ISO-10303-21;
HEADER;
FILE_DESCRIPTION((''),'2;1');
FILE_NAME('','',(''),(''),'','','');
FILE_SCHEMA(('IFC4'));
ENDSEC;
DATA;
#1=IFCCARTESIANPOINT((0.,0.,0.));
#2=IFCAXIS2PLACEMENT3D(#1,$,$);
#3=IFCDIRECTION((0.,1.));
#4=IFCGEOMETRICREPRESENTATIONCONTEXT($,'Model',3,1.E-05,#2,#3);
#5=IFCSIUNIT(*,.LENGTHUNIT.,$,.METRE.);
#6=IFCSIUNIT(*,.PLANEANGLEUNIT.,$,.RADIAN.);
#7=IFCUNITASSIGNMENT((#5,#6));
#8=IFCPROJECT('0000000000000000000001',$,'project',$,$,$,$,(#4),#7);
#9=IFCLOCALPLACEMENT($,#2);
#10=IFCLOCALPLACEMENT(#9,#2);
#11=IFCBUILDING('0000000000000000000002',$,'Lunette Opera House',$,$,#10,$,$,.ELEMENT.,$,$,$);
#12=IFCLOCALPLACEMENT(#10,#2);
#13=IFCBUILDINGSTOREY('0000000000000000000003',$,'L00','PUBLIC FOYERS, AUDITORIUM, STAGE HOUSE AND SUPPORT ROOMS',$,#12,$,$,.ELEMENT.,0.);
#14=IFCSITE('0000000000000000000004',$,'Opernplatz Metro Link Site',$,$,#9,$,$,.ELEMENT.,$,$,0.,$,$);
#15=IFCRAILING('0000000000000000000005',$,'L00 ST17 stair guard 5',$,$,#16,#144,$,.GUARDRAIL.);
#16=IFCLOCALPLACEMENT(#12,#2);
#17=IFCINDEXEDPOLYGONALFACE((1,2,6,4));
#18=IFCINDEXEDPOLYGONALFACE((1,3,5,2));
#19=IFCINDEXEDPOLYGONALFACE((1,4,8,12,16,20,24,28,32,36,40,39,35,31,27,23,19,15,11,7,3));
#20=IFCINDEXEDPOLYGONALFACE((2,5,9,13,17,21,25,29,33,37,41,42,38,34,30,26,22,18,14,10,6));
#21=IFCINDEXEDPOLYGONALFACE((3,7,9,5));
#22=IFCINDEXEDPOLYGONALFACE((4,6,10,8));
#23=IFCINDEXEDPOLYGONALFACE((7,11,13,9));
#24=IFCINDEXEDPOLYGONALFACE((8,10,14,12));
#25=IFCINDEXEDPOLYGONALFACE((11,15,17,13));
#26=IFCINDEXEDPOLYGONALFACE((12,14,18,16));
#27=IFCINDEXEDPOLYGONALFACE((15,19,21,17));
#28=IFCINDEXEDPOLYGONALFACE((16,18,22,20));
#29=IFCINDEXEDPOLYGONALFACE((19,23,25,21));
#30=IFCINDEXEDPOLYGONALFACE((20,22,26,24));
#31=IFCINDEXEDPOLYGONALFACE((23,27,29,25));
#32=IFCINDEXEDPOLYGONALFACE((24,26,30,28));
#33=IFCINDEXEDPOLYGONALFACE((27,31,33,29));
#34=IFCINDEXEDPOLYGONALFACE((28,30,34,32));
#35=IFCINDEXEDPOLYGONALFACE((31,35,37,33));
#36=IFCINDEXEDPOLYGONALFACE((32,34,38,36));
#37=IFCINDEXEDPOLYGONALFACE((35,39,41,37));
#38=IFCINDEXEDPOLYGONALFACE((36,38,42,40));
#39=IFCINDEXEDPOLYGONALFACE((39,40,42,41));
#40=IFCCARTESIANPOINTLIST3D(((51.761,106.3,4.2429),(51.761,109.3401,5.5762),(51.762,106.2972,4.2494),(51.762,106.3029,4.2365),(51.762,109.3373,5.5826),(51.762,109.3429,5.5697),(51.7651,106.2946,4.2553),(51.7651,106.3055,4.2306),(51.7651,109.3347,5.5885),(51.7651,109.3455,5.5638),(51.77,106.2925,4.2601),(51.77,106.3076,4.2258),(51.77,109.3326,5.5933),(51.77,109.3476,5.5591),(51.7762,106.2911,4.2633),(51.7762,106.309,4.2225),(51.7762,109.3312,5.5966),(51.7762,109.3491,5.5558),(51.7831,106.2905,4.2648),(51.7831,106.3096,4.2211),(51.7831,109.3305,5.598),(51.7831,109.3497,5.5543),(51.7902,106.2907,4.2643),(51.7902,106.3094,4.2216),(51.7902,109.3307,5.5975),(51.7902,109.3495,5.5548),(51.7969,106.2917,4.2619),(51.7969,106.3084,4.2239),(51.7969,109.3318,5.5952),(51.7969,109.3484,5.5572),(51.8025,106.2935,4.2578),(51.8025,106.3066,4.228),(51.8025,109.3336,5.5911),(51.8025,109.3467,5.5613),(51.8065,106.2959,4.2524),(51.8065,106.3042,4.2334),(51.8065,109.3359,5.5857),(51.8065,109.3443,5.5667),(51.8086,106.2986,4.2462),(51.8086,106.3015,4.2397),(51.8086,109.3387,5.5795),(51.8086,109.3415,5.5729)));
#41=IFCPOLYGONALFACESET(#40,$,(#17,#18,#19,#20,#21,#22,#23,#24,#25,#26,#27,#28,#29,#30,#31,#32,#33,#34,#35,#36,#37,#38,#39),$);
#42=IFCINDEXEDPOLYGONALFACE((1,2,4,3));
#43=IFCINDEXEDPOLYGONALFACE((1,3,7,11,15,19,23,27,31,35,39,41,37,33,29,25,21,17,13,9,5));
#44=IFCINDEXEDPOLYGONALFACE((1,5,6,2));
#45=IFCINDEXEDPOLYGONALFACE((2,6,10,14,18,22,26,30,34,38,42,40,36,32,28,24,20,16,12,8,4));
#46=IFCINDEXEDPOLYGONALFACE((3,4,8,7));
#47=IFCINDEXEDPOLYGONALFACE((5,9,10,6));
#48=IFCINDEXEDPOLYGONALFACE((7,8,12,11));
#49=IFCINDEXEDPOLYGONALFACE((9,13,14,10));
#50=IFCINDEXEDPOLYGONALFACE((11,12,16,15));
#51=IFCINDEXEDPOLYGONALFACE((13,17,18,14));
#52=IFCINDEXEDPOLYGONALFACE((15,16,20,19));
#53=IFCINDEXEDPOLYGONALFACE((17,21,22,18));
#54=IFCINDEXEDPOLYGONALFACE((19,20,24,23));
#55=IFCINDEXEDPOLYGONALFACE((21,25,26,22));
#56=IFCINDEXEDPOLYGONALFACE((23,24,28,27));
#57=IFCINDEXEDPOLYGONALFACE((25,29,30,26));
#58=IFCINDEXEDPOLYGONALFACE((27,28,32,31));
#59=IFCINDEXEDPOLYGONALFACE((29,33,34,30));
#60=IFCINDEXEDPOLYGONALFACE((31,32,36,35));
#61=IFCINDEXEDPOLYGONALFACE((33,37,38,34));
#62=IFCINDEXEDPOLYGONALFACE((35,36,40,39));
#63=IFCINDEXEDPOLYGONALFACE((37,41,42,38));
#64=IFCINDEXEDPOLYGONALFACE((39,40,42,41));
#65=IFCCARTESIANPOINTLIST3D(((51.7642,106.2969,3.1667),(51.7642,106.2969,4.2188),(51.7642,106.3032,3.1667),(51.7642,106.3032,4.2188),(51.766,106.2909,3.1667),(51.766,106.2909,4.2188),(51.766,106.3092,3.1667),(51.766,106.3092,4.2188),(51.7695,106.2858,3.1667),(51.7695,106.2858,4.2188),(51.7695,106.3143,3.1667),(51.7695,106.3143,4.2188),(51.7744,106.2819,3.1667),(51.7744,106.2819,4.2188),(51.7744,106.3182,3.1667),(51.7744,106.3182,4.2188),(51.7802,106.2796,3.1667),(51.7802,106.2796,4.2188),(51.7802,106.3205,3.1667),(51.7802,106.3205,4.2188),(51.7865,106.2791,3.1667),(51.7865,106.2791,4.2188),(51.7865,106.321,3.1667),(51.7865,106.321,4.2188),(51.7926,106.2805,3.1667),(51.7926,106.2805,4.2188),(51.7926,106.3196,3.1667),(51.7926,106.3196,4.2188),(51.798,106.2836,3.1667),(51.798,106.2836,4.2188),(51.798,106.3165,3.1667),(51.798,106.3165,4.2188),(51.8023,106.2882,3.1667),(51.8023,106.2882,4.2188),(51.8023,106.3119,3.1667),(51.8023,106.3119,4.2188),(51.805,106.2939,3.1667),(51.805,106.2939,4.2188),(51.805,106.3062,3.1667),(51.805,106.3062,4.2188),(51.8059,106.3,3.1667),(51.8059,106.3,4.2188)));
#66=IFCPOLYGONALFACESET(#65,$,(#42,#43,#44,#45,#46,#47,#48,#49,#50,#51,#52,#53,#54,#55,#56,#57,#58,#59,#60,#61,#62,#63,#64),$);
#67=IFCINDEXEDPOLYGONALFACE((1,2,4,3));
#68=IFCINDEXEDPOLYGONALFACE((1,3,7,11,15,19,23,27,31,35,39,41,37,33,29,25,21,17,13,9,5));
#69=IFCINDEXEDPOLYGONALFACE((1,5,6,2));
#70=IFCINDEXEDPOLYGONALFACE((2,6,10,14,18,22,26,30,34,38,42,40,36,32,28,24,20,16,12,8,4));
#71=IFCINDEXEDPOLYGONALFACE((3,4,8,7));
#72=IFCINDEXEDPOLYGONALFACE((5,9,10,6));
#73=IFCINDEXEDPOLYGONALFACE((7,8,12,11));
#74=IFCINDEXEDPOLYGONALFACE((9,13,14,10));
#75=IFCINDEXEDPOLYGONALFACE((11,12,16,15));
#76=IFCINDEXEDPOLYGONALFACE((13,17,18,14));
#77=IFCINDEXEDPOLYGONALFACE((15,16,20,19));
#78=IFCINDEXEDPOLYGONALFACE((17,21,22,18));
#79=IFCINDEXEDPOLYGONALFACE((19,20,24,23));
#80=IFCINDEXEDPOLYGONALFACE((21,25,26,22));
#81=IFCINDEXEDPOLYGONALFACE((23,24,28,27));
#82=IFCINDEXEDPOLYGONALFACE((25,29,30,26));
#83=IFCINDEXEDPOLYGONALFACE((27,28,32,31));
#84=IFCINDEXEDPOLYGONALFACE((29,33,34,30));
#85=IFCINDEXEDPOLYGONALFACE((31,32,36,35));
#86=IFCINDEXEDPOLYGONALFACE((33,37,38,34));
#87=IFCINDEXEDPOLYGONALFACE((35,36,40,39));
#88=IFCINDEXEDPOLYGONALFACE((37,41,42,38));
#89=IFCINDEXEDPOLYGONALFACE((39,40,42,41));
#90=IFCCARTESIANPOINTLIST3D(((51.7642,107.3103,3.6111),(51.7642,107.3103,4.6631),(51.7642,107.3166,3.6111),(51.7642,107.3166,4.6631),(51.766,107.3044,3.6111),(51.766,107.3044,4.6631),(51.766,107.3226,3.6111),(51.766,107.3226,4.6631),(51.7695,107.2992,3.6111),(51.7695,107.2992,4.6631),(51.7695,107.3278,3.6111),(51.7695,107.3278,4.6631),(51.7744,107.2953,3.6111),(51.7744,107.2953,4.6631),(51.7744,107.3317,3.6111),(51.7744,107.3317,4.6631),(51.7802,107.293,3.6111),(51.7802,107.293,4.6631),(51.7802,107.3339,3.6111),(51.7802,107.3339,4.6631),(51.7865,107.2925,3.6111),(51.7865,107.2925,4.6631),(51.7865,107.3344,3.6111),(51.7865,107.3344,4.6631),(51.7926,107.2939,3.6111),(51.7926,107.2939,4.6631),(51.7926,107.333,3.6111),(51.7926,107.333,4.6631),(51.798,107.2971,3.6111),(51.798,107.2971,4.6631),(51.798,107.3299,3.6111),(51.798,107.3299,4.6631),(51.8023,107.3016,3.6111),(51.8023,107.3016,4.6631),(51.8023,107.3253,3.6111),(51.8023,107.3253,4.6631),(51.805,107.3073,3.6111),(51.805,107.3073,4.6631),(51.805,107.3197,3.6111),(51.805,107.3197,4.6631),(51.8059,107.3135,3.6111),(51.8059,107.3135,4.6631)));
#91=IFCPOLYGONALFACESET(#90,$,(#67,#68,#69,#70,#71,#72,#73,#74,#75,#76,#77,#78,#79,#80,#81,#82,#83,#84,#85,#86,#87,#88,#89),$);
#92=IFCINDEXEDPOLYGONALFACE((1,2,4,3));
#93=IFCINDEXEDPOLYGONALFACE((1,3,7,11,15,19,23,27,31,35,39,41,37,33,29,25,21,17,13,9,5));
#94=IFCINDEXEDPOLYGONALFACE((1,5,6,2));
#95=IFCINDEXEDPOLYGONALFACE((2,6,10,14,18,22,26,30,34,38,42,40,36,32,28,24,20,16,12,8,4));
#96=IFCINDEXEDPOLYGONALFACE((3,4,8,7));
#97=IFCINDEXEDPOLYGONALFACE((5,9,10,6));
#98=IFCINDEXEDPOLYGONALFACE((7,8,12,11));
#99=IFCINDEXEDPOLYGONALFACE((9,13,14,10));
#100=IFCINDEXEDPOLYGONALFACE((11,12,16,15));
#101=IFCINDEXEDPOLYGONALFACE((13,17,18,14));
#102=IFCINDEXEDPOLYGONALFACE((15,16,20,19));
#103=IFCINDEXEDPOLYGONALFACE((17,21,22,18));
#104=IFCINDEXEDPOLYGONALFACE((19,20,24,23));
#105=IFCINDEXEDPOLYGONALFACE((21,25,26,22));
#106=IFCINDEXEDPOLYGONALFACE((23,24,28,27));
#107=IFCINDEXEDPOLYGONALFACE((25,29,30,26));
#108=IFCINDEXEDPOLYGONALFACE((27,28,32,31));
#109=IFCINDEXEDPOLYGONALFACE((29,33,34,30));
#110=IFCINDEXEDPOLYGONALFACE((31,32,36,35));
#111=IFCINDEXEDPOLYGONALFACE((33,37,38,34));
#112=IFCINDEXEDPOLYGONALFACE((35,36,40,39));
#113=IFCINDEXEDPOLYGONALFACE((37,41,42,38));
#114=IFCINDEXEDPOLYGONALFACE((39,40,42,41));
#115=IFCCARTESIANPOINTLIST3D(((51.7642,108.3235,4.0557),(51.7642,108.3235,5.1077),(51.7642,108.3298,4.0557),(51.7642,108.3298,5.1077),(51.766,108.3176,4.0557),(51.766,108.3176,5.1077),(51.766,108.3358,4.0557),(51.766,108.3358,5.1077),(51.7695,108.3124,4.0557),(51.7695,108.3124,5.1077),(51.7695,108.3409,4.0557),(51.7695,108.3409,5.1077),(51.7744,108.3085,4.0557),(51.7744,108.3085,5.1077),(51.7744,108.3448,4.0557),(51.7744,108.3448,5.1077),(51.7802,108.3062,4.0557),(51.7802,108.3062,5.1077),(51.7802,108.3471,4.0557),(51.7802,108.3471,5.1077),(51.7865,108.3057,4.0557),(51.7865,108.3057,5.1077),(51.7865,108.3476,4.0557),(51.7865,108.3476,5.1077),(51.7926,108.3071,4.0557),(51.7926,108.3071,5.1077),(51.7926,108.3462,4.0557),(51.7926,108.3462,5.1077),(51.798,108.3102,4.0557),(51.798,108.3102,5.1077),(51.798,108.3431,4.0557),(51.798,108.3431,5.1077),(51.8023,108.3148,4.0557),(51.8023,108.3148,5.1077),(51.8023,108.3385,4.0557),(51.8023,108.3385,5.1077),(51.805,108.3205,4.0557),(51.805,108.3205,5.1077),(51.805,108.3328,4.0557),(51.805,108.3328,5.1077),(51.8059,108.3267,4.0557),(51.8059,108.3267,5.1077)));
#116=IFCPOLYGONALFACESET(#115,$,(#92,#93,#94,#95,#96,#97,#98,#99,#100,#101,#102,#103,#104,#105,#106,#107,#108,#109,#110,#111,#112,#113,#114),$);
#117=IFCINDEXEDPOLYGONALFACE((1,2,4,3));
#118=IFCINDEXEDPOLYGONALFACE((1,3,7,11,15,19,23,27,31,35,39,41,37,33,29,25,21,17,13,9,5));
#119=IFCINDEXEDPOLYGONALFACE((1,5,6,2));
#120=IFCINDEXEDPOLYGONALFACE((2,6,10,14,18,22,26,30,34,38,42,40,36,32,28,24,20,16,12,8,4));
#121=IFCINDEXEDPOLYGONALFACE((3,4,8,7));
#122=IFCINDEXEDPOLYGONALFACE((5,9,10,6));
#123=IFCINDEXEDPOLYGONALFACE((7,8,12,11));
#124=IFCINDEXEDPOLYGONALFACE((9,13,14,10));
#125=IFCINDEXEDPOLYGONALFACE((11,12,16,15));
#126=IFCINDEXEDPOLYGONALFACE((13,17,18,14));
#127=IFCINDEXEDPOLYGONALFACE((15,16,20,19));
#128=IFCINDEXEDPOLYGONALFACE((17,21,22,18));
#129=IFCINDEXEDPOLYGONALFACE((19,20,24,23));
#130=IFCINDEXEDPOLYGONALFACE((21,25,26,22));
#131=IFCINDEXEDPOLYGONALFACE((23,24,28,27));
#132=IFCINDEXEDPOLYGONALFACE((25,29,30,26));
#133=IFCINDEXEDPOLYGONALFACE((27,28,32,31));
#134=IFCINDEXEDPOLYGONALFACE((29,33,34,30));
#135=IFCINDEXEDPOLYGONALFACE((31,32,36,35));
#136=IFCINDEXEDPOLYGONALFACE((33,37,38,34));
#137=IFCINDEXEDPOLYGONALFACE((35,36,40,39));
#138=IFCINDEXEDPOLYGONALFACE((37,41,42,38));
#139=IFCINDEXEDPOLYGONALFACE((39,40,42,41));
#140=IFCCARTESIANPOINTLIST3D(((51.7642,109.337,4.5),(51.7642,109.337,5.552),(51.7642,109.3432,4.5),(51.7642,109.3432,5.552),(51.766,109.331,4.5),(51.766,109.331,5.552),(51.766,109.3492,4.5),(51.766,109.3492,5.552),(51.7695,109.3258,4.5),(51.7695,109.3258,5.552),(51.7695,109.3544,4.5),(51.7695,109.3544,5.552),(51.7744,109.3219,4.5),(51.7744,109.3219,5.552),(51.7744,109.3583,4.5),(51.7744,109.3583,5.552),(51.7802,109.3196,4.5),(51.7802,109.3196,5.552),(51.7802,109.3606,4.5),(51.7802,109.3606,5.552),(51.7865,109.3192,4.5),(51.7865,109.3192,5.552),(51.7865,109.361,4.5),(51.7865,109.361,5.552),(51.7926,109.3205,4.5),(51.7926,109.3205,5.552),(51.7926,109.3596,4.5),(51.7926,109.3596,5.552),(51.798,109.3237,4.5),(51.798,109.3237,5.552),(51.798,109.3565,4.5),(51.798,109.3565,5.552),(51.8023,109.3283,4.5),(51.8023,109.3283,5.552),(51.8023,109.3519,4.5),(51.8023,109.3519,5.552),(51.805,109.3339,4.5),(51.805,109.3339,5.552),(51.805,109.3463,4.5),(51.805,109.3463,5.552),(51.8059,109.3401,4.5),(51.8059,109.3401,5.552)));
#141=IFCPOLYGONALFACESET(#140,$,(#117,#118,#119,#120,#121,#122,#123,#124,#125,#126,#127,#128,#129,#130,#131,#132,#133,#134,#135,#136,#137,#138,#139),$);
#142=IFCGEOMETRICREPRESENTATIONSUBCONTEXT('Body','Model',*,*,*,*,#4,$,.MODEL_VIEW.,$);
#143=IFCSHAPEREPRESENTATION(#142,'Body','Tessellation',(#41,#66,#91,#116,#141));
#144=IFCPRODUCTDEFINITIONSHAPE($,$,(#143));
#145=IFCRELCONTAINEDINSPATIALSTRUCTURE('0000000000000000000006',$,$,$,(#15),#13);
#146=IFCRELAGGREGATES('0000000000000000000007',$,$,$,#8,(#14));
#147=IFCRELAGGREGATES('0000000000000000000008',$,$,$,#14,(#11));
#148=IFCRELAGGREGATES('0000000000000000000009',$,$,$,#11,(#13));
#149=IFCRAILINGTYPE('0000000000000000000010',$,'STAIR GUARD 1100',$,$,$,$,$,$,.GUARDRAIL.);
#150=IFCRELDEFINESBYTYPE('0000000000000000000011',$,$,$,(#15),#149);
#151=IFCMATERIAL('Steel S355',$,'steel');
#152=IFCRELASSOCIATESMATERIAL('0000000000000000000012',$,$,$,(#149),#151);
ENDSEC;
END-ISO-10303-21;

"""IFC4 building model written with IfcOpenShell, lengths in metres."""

from ifc_helpers import new_model, si_unit, direction, frame, origin, origin_2d, place, context, subcontext, project, spatial, circle, extrude, material, type_object, element, save


model = new_model("IFC4")

# Units and contexts
model_context = context("Model", 3, precision=1e-05, world=origin(), true_north=direction((0.0, 1.0)))
body_context = subcontext(model_context, "Body", "Model", "MODEL_VIEW")
ifc_project = project(units=[si_unit("LENGTHUNIT", "METRE"), si_unit("PLANEANGLEUNIT", "RADIAN")], contexts=[model_context])

# Site, building, storey
site_placement = place(None, origin())
site = spatial("IfcSite", under=ifc_project, at=site_placement, Name="Opernplatz Metro Link Site", CompositionType="ELEMENT", RefElevation=0.0)
building_placement = place(site_placement, origin())
building = spatial("IfcBuilding", under=site, at=building_placement, Name="Lunette Opera House", CompositionType="ELEMENT")
storey_placement = place(building_placement, origin())
storey = spatial("IfcBuildingStorey", under=building, at=storey_placement, Name="L00", Description="PUBLIC FOYERS, AUDITORIUM, STAGE HOUSE AND SUPPORT ROOMS", CompositionType="ELEMENT", Elevation=0.0)

# Railing
ifc_material_1 = material(Name="Steel S355", Category="steel")
railing_type_1 = type_object("IfcRailingType", Name="STAIR GUARD 1100", PredefinedType="GUARDRAIL", material=ifc_material_1)
railing_1_placement = place(storey_placement, frame((51.7849, 106.3, 3.1667)))
element("IfcRailing", 1, at=railing_1_placement, inside=storey, type_object=railing_type_1, Name="L00 ST17 stair guard 5", PredefinedType="GUARDRAIL", context=body_context, shape_type="SweptSolid", body=[
    extrude(circle(Radius=0.0239, at=origin_2d()), frame((0.0, 0.0, 1.0762), z_axis=(0.0, 0.915799, 0.401637), x_axis=(-1.0, 0.0, 0.0)), (0.0, 0.0, 1.0), 3.3196),
    extrude(circle(Radius=0.021, at=origin_2d()), origin(), (0.0, 0.0, 1.0), 1.052),
    extrude(circle(Radius=0.021, at=origin_2d()), frame((0.0, 1.0134, 0.4443)), (0.0, 0.0, 1.0), 1.052),
    extrude(circle(Radius=0.021, at=origin_2d()), frame((0.0, 2.0266, 0.8889)), (0.0, 0.0, 1.0), 1.052),
    extrude(circle(Radius=0.021, at=origin_2d()), frame((0.0, 3.04, 1.3333)), (0.0, 0.0, 1.0), 1.052),
])

save(model, "model.ifc")
